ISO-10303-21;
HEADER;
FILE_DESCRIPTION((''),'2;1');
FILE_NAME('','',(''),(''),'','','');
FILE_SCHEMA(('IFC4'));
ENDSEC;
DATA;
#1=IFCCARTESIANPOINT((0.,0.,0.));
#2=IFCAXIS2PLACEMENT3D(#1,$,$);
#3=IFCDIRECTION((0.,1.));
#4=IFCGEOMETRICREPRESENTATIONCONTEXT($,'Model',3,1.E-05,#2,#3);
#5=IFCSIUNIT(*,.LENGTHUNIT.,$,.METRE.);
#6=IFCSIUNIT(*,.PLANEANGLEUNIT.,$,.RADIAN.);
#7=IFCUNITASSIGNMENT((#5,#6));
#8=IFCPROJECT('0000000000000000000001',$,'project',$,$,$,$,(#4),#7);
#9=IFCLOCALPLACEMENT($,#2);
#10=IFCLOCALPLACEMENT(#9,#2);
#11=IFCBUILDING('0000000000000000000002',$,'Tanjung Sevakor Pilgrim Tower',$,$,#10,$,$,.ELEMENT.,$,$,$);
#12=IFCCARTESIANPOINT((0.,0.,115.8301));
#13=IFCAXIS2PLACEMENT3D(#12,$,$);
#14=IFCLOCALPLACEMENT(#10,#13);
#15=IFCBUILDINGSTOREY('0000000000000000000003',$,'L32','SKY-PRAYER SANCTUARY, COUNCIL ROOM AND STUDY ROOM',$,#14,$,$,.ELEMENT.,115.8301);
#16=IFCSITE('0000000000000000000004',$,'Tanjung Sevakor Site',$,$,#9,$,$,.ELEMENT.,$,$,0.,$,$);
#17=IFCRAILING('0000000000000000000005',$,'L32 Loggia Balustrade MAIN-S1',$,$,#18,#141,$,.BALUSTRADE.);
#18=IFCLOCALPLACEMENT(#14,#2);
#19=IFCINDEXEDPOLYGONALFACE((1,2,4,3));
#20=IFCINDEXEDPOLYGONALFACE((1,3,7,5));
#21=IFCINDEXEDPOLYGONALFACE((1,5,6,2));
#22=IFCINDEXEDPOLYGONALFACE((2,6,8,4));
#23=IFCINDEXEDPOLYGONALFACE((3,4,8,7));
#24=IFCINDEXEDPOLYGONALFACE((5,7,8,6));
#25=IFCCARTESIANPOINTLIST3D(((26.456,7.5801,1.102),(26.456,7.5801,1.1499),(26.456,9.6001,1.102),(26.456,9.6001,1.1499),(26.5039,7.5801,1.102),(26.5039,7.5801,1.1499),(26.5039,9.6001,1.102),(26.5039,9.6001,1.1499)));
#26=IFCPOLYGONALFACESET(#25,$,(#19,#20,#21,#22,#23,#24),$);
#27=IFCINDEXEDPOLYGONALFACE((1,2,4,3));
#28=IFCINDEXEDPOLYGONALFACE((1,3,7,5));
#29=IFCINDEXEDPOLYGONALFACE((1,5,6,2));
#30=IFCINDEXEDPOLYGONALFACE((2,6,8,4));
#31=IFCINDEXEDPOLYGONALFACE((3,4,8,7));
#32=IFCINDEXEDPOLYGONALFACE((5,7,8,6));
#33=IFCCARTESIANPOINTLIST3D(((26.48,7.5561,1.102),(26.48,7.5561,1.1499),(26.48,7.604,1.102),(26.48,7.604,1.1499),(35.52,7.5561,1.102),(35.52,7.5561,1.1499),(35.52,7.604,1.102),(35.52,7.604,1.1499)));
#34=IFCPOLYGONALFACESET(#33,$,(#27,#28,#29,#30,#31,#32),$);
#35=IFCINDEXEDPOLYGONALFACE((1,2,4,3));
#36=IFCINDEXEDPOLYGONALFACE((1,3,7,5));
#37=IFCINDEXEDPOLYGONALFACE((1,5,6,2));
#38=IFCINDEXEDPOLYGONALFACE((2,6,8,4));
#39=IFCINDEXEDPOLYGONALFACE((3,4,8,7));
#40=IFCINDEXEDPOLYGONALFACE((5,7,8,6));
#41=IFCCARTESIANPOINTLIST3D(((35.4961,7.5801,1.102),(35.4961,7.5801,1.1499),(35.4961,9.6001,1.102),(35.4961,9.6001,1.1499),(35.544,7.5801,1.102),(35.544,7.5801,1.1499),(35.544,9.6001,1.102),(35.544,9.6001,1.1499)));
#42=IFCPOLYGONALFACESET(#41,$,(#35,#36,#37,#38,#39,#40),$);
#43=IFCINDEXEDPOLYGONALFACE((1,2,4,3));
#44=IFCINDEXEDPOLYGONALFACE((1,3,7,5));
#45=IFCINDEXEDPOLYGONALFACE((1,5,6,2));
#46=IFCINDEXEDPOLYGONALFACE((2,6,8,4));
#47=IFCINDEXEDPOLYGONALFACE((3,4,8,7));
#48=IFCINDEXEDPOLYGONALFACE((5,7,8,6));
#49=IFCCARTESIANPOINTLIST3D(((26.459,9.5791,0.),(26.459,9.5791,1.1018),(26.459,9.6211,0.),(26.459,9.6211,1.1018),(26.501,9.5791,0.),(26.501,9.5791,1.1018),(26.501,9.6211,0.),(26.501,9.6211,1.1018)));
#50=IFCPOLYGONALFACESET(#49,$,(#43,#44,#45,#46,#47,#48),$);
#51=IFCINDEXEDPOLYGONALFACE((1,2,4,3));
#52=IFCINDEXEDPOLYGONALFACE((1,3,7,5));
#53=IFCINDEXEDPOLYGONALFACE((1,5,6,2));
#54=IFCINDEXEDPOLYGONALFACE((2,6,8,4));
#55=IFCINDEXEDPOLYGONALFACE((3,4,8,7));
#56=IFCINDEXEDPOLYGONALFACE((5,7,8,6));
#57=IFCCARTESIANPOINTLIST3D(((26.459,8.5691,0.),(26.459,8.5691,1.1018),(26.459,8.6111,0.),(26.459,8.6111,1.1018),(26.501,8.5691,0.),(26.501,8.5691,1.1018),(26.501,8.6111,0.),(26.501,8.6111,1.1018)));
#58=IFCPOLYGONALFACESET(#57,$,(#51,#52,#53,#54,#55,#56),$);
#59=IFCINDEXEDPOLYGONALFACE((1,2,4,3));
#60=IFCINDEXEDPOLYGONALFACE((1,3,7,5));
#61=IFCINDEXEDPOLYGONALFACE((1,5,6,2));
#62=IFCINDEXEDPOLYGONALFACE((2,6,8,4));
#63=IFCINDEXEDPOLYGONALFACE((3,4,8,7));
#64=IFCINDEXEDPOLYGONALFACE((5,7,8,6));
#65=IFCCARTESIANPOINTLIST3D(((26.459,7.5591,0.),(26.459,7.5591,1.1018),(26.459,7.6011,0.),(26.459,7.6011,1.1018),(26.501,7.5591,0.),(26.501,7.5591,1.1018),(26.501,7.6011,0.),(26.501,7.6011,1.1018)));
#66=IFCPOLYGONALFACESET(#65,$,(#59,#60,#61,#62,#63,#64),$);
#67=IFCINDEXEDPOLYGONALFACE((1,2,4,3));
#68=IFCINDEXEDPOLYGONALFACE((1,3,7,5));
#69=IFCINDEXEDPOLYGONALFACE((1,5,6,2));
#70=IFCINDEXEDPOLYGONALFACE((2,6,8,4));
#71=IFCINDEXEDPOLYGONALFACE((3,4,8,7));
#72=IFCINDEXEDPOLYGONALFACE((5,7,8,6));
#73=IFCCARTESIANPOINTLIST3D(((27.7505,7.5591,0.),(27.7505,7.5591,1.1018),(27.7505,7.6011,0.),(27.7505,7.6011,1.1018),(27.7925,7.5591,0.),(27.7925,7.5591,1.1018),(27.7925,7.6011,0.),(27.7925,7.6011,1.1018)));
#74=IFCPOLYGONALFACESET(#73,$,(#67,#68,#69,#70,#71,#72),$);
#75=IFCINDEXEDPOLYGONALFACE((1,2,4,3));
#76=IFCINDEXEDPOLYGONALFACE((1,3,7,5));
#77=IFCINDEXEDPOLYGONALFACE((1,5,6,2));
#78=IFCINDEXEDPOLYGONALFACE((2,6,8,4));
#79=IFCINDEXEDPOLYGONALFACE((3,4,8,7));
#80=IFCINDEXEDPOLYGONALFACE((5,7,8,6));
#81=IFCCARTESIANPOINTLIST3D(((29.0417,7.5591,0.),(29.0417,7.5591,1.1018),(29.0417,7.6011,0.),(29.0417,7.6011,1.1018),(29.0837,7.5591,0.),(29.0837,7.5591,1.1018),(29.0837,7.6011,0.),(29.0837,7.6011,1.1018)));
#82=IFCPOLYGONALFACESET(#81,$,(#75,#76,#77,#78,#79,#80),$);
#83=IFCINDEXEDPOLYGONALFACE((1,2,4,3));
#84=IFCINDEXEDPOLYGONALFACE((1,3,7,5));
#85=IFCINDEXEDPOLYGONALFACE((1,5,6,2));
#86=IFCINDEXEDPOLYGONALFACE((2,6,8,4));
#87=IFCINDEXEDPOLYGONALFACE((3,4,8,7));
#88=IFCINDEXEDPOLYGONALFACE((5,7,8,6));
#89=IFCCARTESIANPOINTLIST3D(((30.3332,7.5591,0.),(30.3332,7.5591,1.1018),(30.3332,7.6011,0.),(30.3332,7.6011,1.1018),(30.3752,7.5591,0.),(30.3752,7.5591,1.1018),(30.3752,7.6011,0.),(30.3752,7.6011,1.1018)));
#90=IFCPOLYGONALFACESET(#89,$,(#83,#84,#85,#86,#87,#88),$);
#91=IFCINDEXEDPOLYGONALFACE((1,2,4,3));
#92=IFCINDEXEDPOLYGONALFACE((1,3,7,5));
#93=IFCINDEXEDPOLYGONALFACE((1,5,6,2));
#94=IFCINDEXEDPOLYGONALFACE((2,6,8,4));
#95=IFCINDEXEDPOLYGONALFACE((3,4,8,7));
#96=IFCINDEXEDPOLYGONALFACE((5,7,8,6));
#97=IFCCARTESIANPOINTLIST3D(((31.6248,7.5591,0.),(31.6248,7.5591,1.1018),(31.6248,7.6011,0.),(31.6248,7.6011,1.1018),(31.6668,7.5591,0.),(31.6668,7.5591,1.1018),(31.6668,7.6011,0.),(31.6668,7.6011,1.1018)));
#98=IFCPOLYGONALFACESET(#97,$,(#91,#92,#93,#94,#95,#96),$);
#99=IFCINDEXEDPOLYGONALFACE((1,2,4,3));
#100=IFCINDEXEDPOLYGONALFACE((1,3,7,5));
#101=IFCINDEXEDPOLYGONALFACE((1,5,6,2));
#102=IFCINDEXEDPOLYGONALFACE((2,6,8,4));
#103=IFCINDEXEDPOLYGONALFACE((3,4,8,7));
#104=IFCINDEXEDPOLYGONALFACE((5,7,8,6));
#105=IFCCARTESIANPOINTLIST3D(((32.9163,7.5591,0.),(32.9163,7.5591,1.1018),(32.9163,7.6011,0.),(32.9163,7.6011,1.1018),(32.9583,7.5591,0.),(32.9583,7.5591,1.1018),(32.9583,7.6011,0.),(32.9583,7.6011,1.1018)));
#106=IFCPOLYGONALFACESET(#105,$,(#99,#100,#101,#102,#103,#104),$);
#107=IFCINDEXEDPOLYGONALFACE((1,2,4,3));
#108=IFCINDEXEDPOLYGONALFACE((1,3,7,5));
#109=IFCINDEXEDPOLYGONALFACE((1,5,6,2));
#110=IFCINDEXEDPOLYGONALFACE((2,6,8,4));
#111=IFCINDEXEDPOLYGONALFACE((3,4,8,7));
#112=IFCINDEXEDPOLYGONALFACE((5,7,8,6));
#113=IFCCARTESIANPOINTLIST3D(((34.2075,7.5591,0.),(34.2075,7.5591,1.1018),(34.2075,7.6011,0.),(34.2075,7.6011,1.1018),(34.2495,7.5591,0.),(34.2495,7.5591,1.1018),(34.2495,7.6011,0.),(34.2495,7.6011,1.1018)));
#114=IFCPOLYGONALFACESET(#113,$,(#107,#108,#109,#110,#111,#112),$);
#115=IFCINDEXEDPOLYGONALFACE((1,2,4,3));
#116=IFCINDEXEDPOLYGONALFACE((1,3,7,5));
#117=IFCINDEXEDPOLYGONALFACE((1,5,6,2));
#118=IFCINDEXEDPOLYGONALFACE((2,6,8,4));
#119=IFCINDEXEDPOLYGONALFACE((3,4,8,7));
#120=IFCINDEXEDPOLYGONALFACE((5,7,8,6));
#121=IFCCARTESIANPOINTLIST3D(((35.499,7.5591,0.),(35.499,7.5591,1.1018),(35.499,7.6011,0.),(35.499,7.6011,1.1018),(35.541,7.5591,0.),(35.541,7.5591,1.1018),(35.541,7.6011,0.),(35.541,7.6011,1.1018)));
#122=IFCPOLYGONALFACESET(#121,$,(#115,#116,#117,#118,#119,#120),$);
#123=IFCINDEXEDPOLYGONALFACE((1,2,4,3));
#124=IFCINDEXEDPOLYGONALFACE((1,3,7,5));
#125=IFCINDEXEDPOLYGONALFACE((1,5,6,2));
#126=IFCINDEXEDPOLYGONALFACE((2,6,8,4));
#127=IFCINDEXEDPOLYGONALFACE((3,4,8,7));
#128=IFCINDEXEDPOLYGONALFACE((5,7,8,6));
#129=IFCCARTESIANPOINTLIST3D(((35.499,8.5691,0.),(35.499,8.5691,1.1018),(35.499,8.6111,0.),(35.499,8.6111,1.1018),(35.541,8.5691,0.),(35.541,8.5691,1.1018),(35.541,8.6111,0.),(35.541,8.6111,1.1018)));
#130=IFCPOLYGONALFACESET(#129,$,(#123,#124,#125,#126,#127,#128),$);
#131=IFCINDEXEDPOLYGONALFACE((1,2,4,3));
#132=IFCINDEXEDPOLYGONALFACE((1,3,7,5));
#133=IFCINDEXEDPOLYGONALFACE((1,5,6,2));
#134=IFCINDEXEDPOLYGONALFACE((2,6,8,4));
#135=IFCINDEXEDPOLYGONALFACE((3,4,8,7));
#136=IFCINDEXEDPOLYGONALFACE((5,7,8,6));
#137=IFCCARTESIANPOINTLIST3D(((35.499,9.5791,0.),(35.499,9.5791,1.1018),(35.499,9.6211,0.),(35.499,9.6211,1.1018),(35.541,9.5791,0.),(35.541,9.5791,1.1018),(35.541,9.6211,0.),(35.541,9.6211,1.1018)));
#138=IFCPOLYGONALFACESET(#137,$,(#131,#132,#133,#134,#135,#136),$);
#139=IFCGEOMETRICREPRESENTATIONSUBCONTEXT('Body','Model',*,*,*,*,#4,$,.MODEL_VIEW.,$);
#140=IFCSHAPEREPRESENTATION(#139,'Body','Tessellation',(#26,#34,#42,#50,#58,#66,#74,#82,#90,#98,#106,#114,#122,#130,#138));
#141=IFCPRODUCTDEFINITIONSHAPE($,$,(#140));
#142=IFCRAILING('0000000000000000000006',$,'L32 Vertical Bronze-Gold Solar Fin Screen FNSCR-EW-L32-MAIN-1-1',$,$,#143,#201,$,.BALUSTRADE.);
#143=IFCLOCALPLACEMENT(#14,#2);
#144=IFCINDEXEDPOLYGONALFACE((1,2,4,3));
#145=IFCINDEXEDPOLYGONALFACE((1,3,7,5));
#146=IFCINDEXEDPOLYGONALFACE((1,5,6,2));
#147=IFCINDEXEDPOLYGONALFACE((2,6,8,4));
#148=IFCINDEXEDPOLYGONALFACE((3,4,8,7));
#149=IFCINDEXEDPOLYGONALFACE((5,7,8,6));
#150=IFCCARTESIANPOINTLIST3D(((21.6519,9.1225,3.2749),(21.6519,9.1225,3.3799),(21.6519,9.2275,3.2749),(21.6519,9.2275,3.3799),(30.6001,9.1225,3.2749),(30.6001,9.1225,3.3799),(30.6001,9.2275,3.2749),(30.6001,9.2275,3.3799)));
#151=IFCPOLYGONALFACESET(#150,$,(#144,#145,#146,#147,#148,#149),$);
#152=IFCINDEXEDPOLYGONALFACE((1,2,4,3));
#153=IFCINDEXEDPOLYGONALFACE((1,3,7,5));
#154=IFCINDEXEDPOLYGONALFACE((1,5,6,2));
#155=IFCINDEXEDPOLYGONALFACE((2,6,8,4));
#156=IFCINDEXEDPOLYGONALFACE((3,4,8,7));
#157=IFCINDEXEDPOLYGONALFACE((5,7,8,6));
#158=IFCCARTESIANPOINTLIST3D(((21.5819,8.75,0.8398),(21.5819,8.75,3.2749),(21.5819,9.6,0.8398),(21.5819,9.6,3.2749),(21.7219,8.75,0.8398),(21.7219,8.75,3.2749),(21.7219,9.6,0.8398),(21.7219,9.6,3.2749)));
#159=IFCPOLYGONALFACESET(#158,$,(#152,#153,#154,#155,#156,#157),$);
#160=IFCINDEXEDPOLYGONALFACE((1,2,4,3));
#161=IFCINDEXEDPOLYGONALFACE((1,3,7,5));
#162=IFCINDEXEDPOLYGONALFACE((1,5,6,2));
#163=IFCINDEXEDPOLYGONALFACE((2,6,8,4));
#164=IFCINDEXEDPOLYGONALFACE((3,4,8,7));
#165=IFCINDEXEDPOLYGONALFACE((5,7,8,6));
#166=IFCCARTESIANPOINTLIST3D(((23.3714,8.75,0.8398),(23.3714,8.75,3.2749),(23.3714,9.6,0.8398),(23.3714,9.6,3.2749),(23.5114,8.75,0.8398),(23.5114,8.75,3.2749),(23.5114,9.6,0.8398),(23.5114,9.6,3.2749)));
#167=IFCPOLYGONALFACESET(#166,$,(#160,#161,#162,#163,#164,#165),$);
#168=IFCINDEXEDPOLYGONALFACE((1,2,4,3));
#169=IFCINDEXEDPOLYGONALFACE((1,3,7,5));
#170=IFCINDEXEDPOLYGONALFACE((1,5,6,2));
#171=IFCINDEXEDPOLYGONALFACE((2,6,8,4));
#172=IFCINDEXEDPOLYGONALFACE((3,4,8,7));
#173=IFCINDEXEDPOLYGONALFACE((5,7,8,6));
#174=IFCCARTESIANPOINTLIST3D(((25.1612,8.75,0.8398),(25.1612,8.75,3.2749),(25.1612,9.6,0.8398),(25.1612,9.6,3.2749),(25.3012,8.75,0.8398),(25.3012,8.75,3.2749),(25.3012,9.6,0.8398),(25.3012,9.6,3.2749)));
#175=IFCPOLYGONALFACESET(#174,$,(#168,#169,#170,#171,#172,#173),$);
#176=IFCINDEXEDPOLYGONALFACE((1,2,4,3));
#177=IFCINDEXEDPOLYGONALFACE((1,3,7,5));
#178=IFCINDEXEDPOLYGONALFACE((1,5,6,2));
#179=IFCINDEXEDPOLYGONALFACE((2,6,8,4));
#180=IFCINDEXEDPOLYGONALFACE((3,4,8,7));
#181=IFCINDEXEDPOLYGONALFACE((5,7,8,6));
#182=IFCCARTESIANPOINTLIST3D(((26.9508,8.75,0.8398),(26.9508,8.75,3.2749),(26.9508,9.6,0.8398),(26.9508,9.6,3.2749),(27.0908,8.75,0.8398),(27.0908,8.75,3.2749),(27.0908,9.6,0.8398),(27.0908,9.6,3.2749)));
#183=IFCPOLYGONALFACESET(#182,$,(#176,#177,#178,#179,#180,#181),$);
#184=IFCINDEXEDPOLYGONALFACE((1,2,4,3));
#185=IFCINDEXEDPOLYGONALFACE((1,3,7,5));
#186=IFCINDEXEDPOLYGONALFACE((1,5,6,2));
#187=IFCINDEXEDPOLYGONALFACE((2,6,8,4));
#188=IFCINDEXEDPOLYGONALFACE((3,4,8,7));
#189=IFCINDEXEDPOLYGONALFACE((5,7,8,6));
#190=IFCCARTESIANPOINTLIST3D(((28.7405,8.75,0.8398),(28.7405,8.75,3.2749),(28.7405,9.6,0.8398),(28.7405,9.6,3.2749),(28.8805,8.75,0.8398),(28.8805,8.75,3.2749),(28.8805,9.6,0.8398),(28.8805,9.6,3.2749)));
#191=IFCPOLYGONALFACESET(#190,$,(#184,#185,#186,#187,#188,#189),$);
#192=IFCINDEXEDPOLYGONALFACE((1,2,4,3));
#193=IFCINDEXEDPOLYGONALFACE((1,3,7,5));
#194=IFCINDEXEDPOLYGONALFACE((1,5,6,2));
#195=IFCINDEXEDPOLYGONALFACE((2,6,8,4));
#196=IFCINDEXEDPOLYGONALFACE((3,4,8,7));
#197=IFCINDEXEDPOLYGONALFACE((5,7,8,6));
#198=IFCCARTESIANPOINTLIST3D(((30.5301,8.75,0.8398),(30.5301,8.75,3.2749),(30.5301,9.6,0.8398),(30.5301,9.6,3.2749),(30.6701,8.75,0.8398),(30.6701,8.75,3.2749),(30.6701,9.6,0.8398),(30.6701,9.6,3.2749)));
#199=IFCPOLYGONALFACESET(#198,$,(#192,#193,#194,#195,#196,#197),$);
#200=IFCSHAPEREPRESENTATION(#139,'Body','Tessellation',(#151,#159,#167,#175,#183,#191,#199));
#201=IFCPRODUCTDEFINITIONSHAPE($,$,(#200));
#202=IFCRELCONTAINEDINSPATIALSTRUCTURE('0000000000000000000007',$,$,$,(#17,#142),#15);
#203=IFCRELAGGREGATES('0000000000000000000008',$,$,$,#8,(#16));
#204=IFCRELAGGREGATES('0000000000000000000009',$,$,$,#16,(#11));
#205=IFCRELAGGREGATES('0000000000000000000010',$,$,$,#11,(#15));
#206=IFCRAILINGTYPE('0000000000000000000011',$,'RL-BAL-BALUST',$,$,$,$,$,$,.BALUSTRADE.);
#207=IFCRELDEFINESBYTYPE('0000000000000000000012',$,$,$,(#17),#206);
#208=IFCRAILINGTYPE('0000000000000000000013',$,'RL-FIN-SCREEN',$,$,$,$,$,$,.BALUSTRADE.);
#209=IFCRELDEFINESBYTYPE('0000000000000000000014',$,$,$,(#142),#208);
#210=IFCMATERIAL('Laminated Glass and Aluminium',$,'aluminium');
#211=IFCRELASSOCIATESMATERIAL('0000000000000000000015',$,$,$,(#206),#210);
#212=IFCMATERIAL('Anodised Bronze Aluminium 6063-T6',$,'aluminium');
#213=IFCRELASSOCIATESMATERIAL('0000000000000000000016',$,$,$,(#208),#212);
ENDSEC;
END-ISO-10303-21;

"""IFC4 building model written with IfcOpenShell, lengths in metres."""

from ifc_helpers import new_model, si_unit, direction, frame, origin, place, context, subcontext, project, spatial, rectangle, extrude, material, type_object, element, save


model = new_model("IFC4")

# Units and contexts
model_context = context("Model", 3, precision=1e-05, world=origin(), true_north=direction((0.0, 1.0)))
body_context = subcontext(model_context, "Body", "Model", "MODEL_VIEW")
ifc_project = project(units=[si_unit("LENGTHUNIT", "METRE"), si_unit("PLANEANGLEUNIT", "RADIAN")], contexts=[model_context])

# Site, building, storey
site_placement = place(None, origin())
site = spatial("IfcSite", under=ifc_project, at=site_placement, Name="Tanjung Sevakor Site", CompositionType="ELEMENT", RefElevation=0.0)
building_placement = place(site_placement, origin())
building = spatial("IfcBuilding", under=site, at=building_placement, Name="Tanjung Sevakor Pilgrim Tower", CompositionType="ELEMENT")
storey_placement = place(building_placement, frame((0.0, 0.0, 115.8301)))
storey = spatial("IfcBuildingStorey", under=building, at=storey_placement, Name="L32", Description="SKY-PRAYER SANCTUARY, COUNCIL ROOM AND STUDY ROOM", CompositionType="ELEMENT", Elevation=115.8301)

# Railings
ifc_material_1 = material(Name="Laminated Glass and Aluminium", Category="aluminium")
railing_type_1 = type_object("IfcRailingType", Name="RL-BAL-BALUST", PredefinedType="BALUSTRADE", material=ifc_material_1)
railing_1_placement = place(storey_placement, frame((26.48, 9.6001, 0.0)))
element("IfcRailing", 1, at=railing_1_placement, inside=storey, type_object=railing_type_1, Name="L32 Loggia Balustrade MAIN-S1", PredefinedType="BALUSTRADE", context=body_context, shape_type="SweptSolid", body=[
    extrude(rectangle(XDim=0.0479, YDim=0.0479), frame((0.0, 0.0, 1.126), z_axis=(0.0, -1.0, 0.0), x_axis=(1.0, 0.0, 0.0)), (0.0, 0.0, 1.0), 2.02),
    extrude(rectangle(XDim=0.0479, YDim=0.0479), frame((0.0, -2.02, 1.126), z_axis=(1.0, 0.0, 0.0), x_axis=(0.0, 1.0, 0.0)), (0.0, 0.0, 1.0), 9.04),
    extrude(rectangle(XDim=0.0479, YDim=0.0479), frame((9.04, -2.02, 1.126), z_axis=(0.0, 1.0, 0.0), x_axis=(-1.0, 0.0, 0.0)), (0.0, 0.0, 1.0), 2.02),
    extrude(rectangle(XDim=0.042, YDim=0.042), origin(), (0.0, 0.0, 1.0), 1.1018),
    extrude(rectangle(XDim=0.042, YDim=0.042), frame((0.0, -1.01, 0.0)), (0.0, 0.0, 1.0), 1.1018),
    extrude(rectangle(XDim=0.042, YDim=0.042), frame((0.0, -2.02, 0.0)), (0.0, 0.0, 1.0), 1.1018),
    extrude(rectangle(XDim=0.042, YDim=0.042), frame((1.2915, -2.02, 0.0)), (0.0, 0.0, 1.0), 1.1018),
    extrude(rectangle(XDim=0.042, YDim=0.042), frame((2.5828, -2.02, 0.0)), (0.0, 0.0, 1.0), 1.1018),
    extrude(rectangle(XDim=0.042, YDim=0.042), frame((3.8743, -2.02, 0.0)), (0.0, 0.0, 1.0), 1.1018),
    extrude(rectangle(XDim=0.042, YDim=0.042), frame((5.1658, -2.02, 0.0)), (0.0, 0.0, 1.0), 1.1018),
    extrude(rectangle(XDim=0.042, YDim=0.042), frame((6.4573, -2.02, 0.0)), (0.0, 0.0, 1.0), 1.1018),
    extrude(rectangle(XDim=0.042, YDim=0.042), frame((7.7485, -2.02, 0.0)), (0.0, 0.0, 1.0), 1.1018),
    extrude(rectangle(XDim=0.042, YDim=0.042), frame((9.04, -2.02, 0.0)), (0.0, 0.0, 1.0), 1.1018),
    extrude(rectangle(XDim=0.042, YDim=0.042), frame((9.04, -1.01, 0.0)), (0.0, 0.0, 1.0), 1.1018),
    extrude(rectangle(XDim=0.042, YDim=0.042), frame((9.04, 0.0, 0.0)), (0.0, 0.0, 1.0), 1.1018),
])
ifc_material_2 = material(Name="Anodised Bronze Aluminium 6063-T6", Category="aluminium")
railing_type_2 = type_object("IfcRailingType", Name="RL-FIN-SCREEN", PredefinedType="BALUSTRADE", material=ifc_material_2)
railing_2_placement = place(storey_placement, frame((21.6519, 9.175, 0.8398)))
element("IfcRailing", 2, at=railing_2_placement, inside=storey, type_object=railing_type_2, Name="L32 Vertical Bronze-Gold Solar Fin Screen FNSCR-EW-L32-MAIN-1-1", PredefinedType="BALUSTRADE", context=body_context, shape_type="SweptSolid", body=[
    extrude(rectangle(XDim=0.105, YDim=0.105), frame((0.0, 0.0, 2.4875), z_axis=(1.0, 0.0, 0.0), x_axis=(0.0, 1.0, 0.0)), (0.0, 0.0, 1.0), 8.9482),
    extrude(rectangle(XDim=0.14, YDim=0.85), origin(), (0.0, 0.0, 1.0), 2.4351),
    extrude(rectangle(XDim=0.14, YDim=0.85), frame((1.7896, 0.0, 0.0)), (0.0, 0.0, 1.0), 2.4351),
    extrude(rectangle(XDim=0.14, YDim=0.85), frame((3.5793, 0.0, 0.0)), (0.0, 0.0, 1.0), 2.4351),
    extrude(rectangle(XDim=0.14, YDim=0.85), frame((5.3689, 0.0, 0.0)), (0.0, 0.0, 1.0), 2.4351),
    extrude(rectangle(XDim=0.14, YDim=0.85), frame((7.1587, 0.0, 0.0)), (0.0, 0.0, 1.0), 2.4351),
    extrude(rectangle(XDim=0.14, YDim=0.85), frame((8.9482, 0.0, 0.0)), (0.0, 0.0, 1.0), 2.4351),
])

save(model, "model.ifc")
